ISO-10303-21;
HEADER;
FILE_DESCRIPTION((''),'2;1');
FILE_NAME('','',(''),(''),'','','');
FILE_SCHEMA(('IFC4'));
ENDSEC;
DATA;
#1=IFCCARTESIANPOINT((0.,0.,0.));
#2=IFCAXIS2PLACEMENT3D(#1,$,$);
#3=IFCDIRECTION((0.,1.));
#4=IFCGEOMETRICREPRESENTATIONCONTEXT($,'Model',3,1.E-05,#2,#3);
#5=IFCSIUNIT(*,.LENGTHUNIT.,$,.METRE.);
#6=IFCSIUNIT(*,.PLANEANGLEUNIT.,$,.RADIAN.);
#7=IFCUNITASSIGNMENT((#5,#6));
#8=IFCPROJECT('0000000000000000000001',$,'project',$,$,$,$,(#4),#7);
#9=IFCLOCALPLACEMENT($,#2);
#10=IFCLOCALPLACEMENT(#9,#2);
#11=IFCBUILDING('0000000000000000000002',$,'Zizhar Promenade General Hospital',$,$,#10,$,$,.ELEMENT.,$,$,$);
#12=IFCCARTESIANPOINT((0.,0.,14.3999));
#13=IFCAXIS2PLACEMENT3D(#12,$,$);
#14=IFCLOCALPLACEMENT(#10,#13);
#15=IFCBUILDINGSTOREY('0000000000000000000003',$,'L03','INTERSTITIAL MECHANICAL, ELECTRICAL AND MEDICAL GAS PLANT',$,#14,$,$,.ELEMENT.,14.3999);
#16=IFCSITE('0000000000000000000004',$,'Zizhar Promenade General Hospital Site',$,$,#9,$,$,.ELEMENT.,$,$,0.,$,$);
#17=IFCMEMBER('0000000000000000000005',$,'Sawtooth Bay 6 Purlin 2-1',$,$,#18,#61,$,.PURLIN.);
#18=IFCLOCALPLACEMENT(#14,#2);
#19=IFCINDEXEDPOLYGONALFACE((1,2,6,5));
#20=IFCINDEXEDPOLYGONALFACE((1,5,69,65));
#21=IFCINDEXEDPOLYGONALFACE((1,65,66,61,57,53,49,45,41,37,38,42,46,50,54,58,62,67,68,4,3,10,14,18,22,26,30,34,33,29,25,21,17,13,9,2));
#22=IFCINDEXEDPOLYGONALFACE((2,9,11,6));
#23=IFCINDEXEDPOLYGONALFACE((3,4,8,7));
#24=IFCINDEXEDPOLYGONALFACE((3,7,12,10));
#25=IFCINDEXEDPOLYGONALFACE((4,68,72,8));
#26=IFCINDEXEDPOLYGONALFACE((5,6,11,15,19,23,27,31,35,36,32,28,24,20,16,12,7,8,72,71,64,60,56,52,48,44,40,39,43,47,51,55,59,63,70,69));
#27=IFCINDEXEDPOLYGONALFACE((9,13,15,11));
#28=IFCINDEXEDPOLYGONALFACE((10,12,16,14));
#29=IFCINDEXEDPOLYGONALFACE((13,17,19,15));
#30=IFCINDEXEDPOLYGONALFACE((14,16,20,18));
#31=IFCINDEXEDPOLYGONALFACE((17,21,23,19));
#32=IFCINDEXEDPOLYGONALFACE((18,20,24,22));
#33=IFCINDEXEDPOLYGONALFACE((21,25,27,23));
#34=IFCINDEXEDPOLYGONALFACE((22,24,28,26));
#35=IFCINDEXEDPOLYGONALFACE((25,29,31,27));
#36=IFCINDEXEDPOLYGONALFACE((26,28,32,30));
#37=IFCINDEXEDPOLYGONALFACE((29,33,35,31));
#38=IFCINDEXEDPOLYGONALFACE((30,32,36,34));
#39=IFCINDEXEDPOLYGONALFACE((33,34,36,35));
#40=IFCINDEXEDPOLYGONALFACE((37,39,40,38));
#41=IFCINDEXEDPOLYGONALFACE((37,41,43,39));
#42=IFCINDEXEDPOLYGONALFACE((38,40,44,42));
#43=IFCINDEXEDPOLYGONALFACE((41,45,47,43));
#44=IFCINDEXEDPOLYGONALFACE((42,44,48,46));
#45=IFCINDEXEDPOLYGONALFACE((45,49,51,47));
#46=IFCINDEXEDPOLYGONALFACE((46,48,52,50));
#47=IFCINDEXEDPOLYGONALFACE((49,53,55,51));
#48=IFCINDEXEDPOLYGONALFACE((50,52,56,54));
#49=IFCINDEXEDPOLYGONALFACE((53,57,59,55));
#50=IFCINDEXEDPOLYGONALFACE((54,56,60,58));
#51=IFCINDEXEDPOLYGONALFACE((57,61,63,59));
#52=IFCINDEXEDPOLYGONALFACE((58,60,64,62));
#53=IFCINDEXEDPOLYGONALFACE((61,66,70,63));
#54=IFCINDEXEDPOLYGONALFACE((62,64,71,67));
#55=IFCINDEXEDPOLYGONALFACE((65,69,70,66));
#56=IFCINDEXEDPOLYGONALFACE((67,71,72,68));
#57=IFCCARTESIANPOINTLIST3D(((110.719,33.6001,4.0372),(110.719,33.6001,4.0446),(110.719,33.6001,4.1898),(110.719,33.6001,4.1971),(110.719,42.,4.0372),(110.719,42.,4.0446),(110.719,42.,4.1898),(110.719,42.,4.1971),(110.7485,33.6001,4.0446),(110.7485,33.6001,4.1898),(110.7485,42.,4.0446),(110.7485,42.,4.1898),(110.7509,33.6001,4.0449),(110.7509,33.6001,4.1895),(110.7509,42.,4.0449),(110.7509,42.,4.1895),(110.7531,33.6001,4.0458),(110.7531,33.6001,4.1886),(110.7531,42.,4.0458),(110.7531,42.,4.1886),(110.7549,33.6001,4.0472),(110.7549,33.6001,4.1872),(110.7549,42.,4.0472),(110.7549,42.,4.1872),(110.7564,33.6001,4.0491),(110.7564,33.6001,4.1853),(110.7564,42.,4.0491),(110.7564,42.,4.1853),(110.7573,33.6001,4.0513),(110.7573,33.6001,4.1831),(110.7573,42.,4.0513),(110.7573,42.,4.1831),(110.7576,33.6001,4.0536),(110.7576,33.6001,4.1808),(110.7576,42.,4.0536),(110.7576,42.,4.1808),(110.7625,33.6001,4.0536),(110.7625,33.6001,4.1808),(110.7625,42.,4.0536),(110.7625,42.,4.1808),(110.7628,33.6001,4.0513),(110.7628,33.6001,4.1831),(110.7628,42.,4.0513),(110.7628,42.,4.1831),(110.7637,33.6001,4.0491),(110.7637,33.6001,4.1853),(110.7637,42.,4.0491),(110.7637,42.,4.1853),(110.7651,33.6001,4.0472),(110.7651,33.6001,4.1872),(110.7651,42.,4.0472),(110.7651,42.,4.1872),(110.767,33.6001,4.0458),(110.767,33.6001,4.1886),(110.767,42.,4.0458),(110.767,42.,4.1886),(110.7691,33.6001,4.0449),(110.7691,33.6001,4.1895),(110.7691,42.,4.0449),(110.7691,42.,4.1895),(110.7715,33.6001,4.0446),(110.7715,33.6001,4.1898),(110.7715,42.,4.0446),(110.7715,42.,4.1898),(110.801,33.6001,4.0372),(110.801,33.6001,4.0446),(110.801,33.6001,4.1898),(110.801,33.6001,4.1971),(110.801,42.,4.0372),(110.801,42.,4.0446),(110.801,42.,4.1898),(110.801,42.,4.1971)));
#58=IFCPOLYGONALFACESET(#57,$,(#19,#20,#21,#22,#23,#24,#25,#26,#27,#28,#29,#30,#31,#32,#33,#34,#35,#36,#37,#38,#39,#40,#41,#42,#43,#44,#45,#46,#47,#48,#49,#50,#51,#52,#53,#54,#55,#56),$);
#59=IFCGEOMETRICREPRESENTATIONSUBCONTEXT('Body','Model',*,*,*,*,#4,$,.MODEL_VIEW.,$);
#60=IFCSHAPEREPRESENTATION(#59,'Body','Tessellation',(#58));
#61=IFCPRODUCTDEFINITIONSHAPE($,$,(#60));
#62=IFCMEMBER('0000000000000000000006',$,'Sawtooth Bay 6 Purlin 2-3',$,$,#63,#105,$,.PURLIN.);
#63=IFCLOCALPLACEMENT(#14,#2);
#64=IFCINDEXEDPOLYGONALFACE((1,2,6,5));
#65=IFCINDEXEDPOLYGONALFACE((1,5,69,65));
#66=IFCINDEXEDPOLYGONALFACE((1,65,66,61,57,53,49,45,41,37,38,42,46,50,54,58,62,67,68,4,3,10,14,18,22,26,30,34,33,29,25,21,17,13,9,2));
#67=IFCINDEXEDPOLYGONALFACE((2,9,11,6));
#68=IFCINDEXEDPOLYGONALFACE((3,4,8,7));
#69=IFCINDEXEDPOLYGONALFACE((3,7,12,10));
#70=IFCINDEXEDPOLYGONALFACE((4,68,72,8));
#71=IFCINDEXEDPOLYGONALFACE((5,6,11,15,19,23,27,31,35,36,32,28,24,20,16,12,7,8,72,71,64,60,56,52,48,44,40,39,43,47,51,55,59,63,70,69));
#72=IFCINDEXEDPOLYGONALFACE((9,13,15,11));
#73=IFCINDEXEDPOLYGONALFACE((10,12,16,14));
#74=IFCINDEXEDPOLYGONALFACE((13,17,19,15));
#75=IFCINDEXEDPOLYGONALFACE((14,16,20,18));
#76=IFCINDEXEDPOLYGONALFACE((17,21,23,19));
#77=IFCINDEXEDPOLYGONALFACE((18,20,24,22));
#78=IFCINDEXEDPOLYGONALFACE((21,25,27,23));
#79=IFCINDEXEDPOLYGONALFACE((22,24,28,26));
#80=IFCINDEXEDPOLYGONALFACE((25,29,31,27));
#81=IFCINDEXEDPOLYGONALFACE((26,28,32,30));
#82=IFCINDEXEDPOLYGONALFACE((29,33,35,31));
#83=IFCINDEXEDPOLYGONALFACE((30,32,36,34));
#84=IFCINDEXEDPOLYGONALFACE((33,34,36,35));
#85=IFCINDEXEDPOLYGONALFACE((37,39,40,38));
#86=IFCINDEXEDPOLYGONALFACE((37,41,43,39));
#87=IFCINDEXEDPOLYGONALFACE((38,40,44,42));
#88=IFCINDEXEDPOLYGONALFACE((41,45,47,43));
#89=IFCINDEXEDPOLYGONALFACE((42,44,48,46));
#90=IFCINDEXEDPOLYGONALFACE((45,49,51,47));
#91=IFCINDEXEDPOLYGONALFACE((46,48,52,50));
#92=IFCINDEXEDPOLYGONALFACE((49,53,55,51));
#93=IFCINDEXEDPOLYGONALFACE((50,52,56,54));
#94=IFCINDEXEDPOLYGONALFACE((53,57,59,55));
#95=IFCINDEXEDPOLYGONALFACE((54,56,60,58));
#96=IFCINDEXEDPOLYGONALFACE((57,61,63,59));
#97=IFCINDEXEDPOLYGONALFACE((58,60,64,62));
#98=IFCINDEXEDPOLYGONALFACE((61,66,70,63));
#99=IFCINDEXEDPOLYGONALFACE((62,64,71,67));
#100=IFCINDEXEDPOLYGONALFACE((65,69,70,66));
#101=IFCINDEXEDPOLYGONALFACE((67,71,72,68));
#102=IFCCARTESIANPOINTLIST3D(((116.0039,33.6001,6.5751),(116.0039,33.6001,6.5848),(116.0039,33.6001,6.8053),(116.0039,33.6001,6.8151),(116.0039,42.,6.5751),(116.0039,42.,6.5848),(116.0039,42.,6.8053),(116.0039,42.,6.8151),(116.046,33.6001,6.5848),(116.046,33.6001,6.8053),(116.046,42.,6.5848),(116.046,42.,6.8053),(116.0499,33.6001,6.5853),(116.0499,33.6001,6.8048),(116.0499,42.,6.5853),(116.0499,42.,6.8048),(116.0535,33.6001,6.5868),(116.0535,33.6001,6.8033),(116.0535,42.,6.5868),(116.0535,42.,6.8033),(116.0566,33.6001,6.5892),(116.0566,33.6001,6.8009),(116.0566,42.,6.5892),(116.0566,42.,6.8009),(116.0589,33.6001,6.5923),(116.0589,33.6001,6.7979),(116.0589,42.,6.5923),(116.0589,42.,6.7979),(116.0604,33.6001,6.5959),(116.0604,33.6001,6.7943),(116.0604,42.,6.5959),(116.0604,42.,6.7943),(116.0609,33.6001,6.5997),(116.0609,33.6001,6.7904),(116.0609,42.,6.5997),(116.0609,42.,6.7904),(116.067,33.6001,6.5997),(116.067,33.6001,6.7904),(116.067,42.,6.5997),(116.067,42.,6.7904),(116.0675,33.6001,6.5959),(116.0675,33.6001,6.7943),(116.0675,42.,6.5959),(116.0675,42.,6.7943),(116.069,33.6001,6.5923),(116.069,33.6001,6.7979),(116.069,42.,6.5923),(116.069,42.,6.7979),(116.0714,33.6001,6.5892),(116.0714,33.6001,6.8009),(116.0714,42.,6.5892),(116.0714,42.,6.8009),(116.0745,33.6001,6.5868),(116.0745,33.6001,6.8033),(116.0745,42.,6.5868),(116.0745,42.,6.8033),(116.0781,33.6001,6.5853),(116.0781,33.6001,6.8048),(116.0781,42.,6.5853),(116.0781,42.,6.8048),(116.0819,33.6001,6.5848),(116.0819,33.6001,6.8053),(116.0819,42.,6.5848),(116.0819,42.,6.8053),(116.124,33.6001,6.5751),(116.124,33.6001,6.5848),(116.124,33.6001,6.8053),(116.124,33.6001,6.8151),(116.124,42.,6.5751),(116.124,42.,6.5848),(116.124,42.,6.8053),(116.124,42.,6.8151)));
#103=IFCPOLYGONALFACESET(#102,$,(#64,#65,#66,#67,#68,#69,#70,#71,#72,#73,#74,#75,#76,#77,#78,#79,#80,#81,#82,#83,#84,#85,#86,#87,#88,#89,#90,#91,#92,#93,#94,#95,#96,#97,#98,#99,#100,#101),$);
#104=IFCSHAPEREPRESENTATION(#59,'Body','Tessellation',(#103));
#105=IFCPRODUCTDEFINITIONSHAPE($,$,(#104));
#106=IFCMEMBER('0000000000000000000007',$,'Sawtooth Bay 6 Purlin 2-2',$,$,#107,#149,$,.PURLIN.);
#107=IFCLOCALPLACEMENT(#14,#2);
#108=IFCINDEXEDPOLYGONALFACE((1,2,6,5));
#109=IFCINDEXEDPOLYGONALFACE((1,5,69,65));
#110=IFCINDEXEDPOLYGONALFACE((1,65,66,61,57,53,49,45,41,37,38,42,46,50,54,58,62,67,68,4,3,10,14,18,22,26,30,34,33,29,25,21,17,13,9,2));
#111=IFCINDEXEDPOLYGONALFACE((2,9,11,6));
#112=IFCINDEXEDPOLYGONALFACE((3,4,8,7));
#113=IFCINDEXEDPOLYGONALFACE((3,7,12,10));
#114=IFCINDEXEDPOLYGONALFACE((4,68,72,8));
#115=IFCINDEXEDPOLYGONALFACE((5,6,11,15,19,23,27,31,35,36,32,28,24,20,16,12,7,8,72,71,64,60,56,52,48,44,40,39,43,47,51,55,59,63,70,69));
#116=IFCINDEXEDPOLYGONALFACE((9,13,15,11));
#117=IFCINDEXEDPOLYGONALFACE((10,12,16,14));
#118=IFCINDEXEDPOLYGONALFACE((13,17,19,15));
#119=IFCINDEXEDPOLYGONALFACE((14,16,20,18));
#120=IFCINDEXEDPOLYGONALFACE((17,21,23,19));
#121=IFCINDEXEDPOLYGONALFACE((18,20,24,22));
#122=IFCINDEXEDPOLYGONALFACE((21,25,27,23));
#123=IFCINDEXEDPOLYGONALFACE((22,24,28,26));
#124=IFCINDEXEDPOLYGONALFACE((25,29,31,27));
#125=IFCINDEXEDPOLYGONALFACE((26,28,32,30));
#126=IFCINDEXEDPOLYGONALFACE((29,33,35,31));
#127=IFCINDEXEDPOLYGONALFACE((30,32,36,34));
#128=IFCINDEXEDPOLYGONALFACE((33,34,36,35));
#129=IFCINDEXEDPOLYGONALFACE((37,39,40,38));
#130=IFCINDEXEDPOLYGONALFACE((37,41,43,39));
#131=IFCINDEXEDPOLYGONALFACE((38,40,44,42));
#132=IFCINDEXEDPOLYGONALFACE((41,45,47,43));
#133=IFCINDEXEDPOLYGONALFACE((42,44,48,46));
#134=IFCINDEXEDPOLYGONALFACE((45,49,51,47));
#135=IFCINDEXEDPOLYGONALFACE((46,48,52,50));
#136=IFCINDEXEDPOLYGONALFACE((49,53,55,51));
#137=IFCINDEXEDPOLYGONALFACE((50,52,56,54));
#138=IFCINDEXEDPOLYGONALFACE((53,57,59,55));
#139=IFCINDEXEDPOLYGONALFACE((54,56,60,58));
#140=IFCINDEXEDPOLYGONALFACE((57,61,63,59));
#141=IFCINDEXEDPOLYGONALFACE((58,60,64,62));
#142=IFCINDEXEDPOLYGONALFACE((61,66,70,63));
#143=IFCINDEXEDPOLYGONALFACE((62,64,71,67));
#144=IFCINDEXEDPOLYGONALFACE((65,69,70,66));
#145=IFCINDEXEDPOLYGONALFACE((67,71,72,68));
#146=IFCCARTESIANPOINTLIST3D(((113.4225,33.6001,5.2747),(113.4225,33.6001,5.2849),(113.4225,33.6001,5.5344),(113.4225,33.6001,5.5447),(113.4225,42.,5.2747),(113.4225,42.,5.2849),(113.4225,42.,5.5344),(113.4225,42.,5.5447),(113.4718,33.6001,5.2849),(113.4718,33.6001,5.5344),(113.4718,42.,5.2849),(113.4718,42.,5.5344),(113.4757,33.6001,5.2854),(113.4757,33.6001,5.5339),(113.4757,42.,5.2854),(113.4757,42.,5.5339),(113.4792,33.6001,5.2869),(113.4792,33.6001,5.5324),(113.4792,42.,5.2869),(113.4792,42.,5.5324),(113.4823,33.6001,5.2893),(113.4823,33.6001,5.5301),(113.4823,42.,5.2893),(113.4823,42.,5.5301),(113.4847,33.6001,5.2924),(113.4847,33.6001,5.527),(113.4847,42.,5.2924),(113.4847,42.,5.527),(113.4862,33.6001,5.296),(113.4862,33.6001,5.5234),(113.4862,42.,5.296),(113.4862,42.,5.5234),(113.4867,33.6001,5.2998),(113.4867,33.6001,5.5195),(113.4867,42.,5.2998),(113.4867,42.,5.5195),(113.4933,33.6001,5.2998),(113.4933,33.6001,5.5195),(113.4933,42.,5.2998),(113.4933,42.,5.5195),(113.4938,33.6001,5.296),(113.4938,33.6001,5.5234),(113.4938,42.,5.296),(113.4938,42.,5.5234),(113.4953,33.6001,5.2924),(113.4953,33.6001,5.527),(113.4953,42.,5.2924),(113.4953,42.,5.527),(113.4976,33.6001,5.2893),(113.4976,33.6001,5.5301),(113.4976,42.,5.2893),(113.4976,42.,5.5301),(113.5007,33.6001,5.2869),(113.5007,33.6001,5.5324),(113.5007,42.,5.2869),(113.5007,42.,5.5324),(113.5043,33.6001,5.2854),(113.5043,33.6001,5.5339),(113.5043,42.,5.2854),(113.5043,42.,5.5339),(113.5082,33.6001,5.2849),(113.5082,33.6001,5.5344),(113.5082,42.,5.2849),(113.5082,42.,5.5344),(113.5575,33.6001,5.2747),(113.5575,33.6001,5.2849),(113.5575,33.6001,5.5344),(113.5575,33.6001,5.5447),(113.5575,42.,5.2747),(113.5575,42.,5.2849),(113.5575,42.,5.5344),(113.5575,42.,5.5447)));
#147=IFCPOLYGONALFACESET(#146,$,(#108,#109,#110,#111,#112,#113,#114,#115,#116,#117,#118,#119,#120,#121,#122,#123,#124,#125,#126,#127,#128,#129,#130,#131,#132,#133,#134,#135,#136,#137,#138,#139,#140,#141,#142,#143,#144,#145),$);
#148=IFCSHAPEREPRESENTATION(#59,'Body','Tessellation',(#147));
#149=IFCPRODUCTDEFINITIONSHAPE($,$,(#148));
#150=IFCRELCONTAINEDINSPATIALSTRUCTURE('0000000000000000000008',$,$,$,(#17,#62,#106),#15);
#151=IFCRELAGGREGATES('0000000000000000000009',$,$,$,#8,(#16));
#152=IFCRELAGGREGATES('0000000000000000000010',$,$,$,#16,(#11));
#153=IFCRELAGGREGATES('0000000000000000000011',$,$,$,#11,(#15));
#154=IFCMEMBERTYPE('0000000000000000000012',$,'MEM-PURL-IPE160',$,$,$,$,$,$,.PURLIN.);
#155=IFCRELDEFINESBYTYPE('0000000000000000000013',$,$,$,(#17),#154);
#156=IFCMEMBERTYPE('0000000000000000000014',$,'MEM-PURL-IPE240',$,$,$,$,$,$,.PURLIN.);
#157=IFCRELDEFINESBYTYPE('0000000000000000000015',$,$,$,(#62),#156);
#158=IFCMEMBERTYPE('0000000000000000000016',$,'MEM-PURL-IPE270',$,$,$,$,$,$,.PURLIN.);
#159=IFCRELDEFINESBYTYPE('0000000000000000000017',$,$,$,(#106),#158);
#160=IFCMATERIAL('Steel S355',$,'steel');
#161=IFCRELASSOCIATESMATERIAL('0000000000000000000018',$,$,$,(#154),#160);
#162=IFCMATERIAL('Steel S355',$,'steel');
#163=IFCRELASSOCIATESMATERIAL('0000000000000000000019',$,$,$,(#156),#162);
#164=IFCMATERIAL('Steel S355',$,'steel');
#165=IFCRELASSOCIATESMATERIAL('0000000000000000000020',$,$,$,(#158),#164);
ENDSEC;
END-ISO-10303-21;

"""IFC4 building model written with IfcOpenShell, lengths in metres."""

from ifc_helpers import new_model, si_unit, direction, frame, origin, origin_2d, place, context, subcontext, project, spatial, i_section, extrude, material, material_profile, profile_set, type_object, element, save


model = new_model("IFC4")

# Units and contexts
model_context = context("Model", 3, precision=1e-05, world=origin(), true_north=direction((0.0, 1.0)))
body_context = subcontext(model_context, "Body", "Model", "MODEL_VIEW")
ifc_project = project(units=[si_unit("LENGTHUNIT", "METRE"), si_unit("PLANEANGLEUNIT", "RADIAN")], contexts=[model_context])

# Site, building, storey
site_placement = place(None, origin())
site = spatial("IfcSite", under=ifc_project, at=site_placement, Name="Zizhar Promenade General Hospital Site", CompositionType="ELEMENT", RefElevation=0.0)
building_placement = place(site_placement, origin())
building = spatial("IfcBuilding", under=site, at=building_placement, Name="Zizhar Promenade General Hospital", CompositionType="ELEMENT")
storey_placement = place(building_placement, frame((0.0, 0.0, 14.3999)))
storey = spatial("IfcBuildingStorey", under=building, at=storey_placement, Name="L03", Description="INTERSTITIAL MECHANICAL, ELECTRICAL AND MEDICAL GAS PLANT", CompositionType="ELEMENT", Elevation=14.3999)

# Members
ifc_material_1 = material(Name="Steel S355", Category="steel")
ifc_material_profile_1 = material_profile(ifc_material_1, i_section(OverallWidth=0.082, OverallDepth=0.1599, WebThickness=0.0049, FlangeThickness=0.0073, FilletRadius=0.009, at=origin_2d()))
ifc_profile_set_1 = profile_set([ifc_material_profile_1], Name="Steel S355")
member_type_1 = type_object("IfcMemberType", Name="MEM-PURL-IPE160", PredefinedType="PURLIN", material=ifc_profile_set_1)
member_1_placement = place(storey_placement, frame((110.76, 33.6001, 4.1172), z_axis=(0.0, 1.0, 0.0), x_axis=(-1.0, 0.0, 0.0)))
element("IfcMember", 1, at=member_1_placement, inside=storey, type_object=member_type_1, Name="Sawtooth Bay 6 Purlin 2-1", PredefinedType="PURLIN", context=body_context, shape_type="SweptSolid", body=[
    extrude(i_section(OverallWidth=0.082, OverallDepth=0.1599, WebThickness=0.0049, FlangeThickness=0.0073, FilletRadius=0.009, at=origin_2d()), origin(), (0.0, 0.0, 1.0), 8.3999),
])
ifc_material_2 = material(Name="Steel S355", Category="steel")
ifc_material_profile_2 = material_profile(ifc_material_2, i_section(OverallWidth=0.1201, OverallDepth=0.24, WebThickness=0.0061, FlangeThickness=0.0098, FilletRadius=0.0149, at=origin_2d()))
ifc_profile_set_2 = profile_set([ifc_material_profile_2], Name="Steel S355")
member_type_2 = type_object("IfcMemberType", Name="MEM-PURL-IPE240", PredefinedType="PURLIN", material=ifc_profile_set_2)
member_2_placement = place(storey_placement, frame((116.064, 33.6001, 6.6951), z_axis=(0.0, 1.0, 0.0), x_axis=(-1.0, 0.0, 0.0)))
element("IfcMember", 2, at=member_2_placement, inside=storey, type_object=member_type_2, Name="Sawtooth Bay 6 Purlin 2-3", PredefinedType="PURLIN", context=body_context, shape_type="SweptSolid", body=[
    extrude(i_section(OverallWidth=0.1201, OverallDepth=0.24, WebThickness=0.0061, FlangeThickness=0.0098, FilletRadius=0.0149, at=origin_2d()), origin(), (0.0, 0.0, 1.0), 8.3999),
])
ifc_material_3 = material(Name="Steel S355", Category="steel")
ifc_material_profile_3 = material_profile(ifc_material_3, i_section(OverallWidth=0.135, OverallDepth=0.27, WebThickness=0.0066, FlangeThickness=0.0103, FilletRadius=0.0149, at=origin_2d()))
ifc_profile_set_3 = profile_set([ifc_material_profile_3], Name="Steel S355")
member_type_3 = type_object("IfcMemberType", Name="MEM-PURL-IPE270", PredefinedType="PURLIN", material=ifc_profile_set_3)
member_3_placement = place(storey_placement, frame((113.49, 33.6001, 5.4097), z_axis=(0.0, 1.0, 0.0), x_axis=(-1.0, 0.0, 0.0)))
element("IfcMember", 3, at=member_3_placement, inside=storey, type_object=member_type_3, Name="Sawtooth Bay 6 Purlin 2-2", PredefinedType="PURLIN", context=body_context, shape_type="SweptSolid", body=[
    extrude(i_section(OverallWidth=0.135, OverallDepth=0.27, WebThickness=0.0066, FlangeThickness=0.0103, FilletRadius=0.0149, at=origin_2d()), origin(), (0.0, 0.0, 1.0), 8.3999),
])

save(model, "model.ifc")
